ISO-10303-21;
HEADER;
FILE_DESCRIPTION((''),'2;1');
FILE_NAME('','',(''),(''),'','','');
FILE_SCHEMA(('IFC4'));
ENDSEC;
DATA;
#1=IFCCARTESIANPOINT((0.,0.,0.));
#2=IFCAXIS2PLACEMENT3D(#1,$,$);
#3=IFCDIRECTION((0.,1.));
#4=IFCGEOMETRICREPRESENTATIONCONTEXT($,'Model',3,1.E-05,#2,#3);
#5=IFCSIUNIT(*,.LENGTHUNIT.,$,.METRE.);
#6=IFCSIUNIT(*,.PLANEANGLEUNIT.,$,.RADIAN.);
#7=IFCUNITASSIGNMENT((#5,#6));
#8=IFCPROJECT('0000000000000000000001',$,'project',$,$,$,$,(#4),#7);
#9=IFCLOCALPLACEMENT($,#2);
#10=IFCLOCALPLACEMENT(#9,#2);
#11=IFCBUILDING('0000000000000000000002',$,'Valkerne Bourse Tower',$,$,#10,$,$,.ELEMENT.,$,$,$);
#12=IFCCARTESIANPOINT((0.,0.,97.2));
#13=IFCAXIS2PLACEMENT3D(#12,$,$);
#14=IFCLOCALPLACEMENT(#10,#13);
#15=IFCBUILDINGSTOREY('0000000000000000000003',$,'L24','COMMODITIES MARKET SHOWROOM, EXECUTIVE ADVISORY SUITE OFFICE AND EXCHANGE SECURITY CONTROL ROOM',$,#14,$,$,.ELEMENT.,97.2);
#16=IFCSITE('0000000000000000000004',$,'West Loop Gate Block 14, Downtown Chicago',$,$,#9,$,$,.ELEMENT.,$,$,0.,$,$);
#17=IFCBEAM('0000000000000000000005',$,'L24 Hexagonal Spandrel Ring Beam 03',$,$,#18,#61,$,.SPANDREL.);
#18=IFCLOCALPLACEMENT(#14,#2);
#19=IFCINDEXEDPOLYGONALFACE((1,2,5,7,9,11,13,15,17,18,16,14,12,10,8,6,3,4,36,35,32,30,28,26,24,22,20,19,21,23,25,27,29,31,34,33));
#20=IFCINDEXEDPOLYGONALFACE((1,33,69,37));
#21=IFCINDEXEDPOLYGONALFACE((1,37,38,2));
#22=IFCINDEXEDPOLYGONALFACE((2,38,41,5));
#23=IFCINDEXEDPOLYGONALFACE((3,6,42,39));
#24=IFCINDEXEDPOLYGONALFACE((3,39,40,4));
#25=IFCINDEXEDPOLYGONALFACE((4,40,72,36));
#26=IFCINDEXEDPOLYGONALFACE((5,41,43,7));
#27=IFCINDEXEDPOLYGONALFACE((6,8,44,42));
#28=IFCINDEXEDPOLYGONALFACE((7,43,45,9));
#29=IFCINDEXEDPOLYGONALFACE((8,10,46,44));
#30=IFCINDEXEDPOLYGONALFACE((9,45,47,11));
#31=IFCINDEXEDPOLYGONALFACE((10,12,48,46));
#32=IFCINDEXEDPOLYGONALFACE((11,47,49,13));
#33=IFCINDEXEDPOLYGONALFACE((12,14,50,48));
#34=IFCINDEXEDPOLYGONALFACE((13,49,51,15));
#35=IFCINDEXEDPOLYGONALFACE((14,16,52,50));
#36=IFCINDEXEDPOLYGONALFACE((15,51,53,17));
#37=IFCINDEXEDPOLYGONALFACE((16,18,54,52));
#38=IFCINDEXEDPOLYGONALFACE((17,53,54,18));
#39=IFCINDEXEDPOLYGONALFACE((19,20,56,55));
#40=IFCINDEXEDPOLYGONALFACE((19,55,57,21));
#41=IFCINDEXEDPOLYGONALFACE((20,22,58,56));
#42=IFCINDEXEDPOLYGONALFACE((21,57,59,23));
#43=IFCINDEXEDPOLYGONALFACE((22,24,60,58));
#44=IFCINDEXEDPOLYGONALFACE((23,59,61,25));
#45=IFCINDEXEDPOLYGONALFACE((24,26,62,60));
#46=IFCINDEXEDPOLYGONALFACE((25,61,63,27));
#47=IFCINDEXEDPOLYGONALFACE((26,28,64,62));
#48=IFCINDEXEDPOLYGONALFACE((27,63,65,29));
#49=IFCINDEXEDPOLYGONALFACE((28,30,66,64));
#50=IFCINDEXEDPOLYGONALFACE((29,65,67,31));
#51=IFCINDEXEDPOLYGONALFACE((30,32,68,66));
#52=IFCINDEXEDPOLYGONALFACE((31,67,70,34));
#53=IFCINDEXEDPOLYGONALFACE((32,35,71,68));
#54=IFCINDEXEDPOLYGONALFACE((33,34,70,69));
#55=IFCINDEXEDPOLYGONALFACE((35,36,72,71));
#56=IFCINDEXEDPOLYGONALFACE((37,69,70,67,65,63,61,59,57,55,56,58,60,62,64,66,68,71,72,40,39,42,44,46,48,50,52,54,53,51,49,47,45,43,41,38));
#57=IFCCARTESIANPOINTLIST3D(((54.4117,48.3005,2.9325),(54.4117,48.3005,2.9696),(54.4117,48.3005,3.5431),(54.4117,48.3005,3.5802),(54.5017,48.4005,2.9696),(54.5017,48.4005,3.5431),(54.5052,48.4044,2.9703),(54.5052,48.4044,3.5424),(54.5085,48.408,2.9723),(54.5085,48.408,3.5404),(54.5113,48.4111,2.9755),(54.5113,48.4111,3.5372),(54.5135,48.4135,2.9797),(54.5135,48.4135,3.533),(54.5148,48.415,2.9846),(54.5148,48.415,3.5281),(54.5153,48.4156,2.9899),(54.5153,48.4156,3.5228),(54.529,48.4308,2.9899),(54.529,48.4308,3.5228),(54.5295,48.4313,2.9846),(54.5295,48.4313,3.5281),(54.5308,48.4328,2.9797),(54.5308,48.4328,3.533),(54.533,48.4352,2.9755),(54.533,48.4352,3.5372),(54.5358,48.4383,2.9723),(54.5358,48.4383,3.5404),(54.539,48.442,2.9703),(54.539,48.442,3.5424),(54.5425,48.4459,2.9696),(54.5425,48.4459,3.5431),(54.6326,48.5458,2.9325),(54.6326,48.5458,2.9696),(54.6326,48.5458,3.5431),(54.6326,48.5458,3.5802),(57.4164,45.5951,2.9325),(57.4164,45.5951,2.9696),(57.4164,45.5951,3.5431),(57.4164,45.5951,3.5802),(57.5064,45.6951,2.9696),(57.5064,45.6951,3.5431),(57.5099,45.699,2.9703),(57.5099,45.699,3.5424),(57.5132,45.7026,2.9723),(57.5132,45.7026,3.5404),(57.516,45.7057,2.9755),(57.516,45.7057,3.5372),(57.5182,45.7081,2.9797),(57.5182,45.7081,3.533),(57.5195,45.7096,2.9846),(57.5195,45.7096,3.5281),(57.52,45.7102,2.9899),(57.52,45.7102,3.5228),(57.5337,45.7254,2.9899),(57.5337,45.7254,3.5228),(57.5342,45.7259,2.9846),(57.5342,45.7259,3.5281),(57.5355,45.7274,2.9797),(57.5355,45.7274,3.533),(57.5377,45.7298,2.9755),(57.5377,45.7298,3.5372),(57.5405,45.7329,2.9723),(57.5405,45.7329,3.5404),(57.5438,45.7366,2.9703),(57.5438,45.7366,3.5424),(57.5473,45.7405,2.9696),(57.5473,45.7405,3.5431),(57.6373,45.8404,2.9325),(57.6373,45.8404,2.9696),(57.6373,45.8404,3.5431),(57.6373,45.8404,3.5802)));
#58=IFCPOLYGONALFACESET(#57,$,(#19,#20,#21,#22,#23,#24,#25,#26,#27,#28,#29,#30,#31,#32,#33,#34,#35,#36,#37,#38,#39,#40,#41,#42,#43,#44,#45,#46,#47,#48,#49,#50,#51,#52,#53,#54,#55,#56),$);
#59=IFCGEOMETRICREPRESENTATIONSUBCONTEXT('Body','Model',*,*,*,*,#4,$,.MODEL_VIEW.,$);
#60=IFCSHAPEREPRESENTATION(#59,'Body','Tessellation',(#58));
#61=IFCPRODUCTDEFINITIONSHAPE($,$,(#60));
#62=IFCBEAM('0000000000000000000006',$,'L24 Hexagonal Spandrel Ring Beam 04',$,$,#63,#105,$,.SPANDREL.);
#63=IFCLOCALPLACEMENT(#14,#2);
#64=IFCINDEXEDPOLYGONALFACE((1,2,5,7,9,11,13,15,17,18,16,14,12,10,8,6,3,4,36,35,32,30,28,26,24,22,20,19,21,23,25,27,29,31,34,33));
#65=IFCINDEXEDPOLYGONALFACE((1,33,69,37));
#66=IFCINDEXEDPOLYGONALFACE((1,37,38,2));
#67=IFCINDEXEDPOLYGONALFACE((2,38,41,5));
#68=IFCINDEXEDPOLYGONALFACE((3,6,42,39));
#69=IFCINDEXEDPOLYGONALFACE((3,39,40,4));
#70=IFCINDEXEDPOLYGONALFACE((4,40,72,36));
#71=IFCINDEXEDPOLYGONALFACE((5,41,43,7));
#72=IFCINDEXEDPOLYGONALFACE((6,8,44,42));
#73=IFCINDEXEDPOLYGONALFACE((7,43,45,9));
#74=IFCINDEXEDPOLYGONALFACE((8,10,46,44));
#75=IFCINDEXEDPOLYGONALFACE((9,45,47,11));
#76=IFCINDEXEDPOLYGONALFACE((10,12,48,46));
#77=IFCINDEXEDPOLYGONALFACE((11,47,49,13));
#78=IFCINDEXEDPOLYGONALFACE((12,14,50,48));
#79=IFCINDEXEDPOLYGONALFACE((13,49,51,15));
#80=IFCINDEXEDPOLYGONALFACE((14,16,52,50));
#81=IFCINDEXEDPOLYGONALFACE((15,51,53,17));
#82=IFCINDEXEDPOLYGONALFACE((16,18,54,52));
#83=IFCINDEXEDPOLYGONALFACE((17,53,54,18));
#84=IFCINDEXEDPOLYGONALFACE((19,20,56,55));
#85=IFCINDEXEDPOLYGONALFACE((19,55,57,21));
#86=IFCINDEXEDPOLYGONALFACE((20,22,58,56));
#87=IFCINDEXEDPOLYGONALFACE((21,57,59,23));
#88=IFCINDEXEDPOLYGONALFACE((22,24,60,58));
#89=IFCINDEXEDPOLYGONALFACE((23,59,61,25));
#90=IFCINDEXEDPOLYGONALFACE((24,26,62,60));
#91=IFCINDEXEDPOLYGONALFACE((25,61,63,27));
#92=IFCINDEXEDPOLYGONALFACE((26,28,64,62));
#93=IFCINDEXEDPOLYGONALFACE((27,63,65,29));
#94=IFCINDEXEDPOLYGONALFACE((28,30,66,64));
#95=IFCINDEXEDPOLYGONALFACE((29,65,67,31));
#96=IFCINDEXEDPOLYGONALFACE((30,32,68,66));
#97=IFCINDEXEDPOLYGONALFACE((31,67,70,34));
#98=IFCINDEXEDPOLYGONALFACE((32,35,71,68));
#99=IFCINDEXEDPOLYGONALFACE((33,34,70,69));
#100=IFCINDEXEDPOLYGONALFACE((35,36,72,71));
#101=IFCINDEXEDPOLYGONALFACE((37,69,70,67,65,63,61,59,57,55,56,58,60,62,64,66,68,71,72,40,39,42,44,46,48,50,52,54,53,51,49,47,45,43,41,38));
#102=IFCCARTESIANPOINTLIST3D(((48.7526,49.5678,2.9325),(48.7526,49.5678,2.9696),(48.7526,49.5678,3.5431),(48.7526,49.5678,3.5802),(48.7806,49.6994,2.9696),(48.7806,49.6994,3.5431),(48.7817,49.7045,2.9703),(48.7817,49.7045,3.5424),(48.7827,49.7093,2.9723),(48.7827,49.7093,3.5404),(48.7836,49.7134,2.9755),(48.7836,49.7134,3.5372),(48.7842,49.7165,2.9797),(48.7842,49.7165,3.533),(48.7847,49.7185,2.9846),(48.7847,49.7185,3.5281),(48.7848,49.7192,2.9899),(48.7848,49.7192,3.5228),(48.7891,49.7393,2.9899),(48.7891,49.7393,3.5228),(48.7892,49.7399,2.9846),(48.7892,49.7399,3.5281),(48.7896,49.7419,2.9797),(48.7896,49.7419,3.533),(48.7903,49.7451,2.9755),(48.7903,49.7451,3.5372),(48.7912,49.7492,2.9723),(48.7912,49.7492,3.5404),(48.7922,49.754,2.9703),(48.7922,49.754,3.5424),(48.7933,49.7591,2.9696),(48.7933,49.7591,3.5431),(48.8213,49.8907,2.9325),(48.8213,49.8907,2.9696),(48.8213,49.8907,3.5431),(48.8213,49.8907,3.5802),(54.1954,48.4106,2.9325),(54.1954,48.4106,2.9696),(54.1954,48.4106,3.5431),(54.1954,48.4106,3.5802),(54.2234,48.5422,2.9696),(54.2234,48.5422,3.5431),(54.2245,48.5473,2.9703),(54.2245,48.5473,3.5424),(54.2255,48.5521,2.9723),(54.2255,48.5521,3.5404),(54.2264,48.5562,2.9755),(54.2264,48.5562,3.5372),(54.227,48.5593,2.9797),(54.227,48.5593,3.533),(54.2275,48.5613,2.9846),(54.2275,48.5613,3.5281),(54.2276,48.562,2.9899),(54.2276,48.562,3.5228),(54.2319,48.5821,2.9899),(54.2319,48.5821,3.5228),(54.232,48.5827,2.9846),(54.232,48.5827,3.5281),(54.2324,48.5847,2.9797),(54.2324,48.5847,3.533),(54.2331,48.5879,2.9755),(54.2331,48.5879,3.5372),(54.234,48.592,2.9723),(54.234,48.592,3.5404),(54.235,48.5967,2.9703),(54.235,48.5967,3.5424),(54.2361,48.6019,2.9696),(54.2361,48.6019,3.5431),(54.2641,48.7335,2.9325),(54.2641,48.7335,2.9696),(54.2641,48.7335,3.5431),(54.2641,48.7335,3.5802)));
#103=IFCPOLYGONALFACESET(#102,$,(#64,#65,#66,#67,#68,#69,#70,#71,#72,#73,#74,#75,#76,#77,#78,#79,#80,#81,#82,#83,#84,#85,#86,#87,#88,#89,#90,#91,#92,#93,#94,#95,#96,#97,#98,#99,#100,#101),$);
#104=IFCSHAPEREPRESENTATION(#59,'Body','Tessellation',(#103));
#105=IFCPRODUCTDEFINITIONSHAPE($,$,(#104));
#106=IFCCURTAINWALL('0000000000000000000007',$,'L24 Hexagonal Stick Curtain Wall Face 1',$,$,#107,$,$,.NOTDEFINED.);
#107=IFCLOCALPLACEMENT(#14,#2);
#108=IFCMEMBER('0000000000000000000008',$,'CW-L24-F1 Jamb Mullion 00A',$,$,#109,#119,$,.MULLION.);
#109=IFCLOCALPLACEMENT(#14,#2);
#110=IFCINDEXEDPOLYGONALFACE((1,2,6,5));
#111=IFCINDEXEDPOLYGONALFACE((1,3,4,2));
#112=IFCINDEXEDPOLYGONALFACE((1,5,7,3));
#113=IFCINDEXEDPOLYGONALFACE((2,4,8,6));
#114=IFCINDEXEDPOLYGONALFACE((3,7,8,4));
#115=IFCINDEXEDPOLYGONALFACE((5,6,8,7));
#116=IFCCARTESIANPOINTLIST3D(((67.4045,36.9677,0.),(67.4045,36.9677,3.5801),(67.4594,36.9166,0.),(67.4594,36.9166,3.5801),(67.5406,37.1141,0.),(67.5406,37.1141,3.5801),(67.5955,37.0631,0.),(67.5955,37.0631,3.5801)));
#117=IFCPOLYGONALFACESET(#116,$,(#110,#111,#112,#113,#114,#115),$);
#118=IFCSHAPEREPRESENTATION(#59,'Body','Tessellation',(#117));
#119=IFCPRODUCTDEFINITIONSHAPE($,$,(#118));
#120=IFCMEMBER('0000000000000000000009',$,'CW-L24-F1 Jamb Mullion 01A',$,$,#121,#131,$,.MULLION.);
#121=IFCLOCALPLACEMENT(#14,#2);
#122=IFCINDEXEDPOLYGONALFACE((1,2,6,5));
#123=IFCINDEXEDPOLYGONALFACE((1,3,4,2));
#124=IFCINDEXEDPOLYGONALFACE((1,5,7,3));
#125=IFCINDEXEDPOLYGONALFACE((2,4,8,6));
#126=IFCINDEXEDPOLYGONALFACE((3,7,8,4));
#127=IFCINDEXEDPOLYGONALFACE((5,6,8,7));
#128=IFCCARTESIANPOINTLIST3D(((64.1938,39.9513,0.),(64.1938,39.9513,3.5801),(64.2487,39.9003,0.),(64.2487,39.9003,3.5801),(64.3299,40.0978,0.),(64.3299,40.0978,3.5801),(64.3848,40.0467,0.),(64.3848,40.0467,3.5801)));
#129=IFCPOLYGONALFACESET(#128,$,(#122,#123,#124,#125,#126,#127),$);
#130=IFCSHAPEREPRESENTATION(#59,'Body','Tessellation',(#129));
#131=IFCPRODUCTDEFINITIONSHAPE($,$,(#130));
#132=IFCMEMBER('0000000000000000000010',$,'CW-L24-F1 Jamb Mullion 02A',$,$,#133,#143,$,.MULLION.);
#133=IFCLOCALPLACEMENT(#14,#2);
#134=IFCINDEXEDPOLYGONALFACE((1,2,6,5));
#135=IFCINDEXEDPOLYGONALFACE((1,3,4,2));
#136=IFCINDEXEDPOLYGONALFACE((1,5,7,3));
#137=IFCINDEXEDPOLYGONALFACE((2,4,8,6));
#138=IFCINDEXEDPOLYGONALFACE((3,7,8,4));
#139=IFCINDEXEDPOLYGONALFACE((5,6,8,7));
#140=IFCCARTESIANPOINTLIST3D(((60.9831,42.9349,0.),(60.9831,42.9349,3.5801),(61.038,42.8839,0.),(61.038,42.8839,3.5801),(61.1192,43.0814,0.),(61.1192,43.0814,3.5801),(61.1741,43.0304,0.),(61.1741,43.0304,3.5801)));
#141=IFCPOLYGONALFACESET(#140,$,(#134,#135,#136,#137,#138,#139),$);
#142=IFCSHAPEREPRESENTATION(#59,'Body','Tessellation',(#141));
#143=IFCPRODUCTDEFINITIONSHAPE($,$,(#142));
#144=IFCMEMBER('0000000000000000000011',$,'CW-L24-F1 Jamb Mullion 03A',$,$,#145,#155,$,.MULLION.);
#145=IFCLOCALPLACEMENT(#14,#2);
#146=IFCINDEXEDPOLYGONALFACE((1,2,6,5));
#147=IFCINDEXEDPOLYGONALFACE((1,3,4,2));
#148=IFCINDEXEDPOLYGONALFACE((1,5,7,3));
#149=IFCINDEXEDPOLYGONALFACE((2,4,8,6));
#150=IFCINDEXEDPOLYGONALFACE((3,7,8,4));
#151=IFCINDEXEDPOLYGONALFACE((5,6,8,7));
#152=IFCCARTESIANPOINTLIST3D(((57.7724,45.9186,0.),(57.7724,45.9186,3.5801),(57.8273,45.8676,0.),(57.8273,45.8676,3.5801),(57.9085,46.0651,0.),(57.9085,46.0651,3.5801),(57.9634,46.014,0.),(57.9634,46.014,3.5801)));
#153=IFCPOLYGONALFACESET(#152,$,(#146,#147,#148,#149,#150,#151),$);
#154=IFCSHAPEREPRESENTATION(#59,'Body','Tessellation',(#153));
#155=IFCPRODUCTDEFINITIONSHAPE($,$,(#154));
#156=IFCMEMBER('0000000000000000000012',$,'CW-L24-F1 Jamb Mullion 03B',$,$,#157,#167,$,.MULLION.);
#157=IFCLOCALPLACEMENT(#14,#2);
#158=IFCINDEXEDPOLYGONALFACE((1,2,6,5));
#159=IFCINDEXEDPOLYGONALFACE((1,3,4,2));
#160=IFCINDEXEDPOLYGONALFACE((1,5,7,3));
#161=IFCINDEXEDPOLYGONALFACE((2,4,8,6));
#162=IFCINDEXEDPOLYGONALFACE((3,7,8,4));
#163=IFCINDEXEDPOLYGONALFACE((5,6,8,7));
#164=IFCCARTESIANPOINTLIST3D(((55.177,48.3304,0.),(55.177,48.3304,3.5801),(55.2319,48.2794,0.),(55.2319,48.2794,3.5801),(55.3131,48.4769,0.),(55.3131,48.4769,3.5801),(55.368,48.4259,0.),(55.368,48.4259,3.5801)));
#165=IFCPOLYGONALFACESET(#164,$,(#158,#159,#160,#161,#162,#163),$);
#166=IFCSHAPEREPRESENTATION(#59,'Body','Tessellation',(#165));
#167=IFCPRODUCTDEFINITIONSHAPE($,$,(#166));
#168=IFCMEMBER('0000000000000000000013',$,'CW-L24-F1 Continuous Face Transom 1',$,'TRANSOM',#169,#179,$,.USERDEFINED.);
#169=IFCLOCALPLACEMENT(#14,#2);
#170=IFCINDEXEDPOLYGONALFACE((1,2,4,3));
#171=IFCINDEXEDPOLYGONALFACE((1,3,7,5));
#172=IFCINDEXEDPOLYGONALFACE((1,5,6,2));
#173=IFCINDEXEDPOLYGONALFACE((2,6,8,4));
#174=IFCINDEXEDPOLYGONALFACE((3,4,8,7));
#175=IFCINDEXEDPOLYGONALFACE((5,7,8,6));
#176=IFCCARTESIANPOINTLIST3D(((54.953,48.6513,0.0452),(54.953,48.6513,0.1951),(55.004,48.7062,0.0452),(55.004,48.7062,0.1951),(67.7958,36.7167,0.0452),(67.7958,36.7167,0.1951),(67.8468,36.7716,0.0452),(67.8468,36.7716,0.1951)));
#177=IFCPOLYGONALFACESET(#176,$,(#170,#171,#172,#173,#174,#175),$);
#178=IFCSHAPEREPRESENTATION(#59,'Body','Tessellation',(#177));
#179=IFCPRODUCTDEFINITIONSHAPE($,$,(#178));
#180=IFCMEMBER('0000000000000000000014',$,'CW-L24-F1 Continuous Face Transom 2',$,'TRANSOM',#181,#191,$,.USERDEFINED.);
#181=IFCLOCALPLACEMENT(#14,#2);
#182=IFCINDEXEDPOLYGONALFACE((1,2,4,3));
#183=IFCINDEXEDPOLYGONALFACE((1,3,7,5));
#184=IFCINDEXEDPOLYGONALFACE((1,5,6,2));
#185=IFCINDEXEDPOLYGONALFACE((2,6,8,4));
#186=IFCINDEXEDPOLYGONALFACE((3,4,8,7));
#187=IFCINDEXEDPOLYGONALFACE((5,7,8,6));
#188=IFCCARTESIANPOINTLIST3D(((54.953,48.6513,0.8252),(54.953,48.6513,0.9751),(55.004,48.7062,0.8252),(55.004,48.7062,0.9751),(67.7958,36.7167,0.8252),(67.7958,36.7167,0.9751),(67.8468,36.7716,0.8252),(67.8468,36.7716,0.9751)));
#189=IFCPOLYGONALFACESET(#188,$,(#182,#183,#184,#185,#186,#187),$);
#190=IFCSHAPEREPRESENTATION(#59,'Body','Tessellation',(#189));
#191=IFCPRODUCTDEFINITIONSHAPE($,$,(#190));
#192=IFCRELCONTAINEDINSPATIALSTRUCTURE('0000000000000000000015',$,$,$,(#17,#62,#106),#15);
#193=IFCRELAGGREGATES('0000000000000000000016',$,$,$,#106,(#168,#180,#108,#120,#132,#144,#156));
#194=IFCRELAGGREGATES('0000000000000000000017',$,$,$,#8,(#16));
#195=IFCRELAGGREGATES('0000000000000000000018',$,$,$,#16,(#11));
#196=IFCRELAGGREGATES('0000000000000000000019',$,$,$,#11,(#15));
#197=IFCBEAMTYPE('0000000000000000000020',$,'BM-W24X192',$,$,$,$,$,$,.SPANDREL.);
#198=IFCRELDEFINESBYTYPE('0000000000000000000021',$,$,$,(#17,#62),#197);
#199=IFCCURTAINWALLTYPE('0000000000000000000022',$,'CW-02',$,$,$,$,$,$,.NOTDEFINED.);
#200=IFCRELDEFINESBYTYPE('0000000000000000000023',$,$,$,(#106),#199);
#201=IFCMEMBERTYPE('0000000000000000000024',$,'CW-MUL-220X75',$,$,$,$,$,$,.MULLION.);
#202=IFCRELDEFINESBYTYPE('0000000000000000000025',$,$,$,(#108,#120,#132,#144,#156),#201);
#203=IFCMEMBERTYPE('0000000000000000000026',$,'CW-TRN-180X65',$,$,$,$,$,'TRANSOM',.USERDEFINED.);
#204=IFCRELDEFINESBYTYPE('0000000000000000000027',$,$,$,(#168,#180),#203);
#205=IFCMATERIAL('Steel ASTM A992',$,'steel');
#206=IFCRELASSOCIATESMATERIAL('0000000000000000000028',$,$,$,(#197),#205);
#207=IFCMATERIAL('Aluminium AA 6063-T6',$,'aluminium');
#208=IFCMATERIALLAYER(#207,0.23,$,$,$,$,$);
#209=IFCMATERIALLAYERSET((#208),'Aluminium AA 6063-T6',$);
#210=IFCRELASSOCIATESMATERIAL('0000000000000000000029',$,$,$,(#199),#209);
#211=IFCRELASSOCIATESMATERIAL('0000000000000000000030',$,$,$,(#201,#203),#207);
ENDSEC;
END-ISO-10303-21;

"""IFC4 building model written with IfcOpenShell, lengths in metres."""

from ifc_helpers import new_model, si_unit, direction, frame, origin, origin_2d, place, context, subcontext, project, spatial, rectangle, i_section, extrude, material, layer, layer_set, material_profile, profile_set, type_object, element, aggregate, save


model = new_model("IFC4")

# Units and contexts
model_context = context("Model", 3, precision=1e-05, world=origin(), true_north=direction((0.0, 1.0)))
body_context = subcontext(model_context, "Body", "Model", "MODEL_VIEW")
ifc_project = project(units=[si_unit("LENGTHUNIT", "METRE"), si_unit("PLANEANGLEUNIT", "RADIAN")], contexts=[model_context])

# Site, building, storey
site_placement = place(None, origin())
site = spatial("IfcSite", under=ifc_project, at=site_placement, Name="West Loop Gate Block 14, Downtown Chicago", CompositionType="ELEMENT", RefElevation=0.0)
building_placement = place(site_placement, origin())
building = spatial("IfcBuilding", under=site, at=building_placement, Name="Valkerne Bourse Tower", CompositionType="ELEMENT")
storey_placement = place(building_placement, frame((0.0, 0.0, 97.2)))
storey = spatial("IfcBuildingStorey", under=building, at=storey_placement, Name="L24", Description="COMMODITIES MARKET SHOWROOM, EXECUTIVE ADVISORY SUITE OFFICE AND EXCHANGE SECURITY CONTROL ROOM", CompositionType="ELEMENT", Elevation=97.2)

# Beams
ifc_material_1 = material(Name="Steel ASTM A992", Category="steel")
ifc_material_profile_1 = material_profile(ifc_material_1, i_section(OverallWidth=0.3301, OverallDepth=0.6477, WebThickness=0.0205, FlangeThickness=0.0371, FilletRadius=0.0203, at=origin_2d()), Name="W24X192")
ifc_profile_set_1 = profile_set([ifc_material_profile_1], Name="Steel ASTM A992")
beam_type = type_object("IfcBeamType", Name="BM-W24X192", PredefinedType="SPANDREL", material=ifc_profile_set_1)
for number, where, z_axis, x_axis, name in (
    (1, (57.5269, 45.7178, 3.2563), (-0.743153, 0.669122, 0.0), (-0.669122, -0.743153, 0.0), "L24 Hexagonal Spandrel Ring Beam 03"),
):
    element("IfcBeam", number, at=place(storey_placement, frame(where, z_axis=z_axis, x_axis=x_axis)), inside=storey, type_object=beam_type, Name=name, PredefinedType="SPANDREL", context=body_context, shape_type="SweptSolid", body=[
        extrude(i_section(OverallWidth=0.3301, OverallDepth=0.6477, WebThickness=0.0205, FlangeThickness=0.0371, FilletRadius=0.0203, at=origin_2d()), origin(), (0.0, 0.0, 1.0), 4.0432),
    ])
beam_placement = place(storey_placement, frame((54.2297, 48.572, 3.2563), z_axis=(-0.978136, 0.207965, 0.0), x_axis=(-0.207965, -0.978136, 0.0)))
element("IfcBeam", 2, at=beam_placement, inside=storey, type_object=beam_type, Name="L24 Hexagonal Spandrel Ring Beam 04", PredefinedType="SPANDREL", context=body_context, shape_type="SweptSolid", body=[
    extrude(i_section(OverallWidth=0.3301, OverallDepth=0.6477, WebThickness=0.0205, FlangeThickness=0.0371, FilletRadius=0.0203, at=origin_2d()), origin(), (0.0, 0.0, 1.0), 5.5645),
])

# Curtain wall, members
ifc_material_2 = material(Name="Aluminium AA 6063-T6", Category="aluminium")
ifc_layer_1 = layer(ifc_material_2, 0.23)
ifc_layer_set_1 = layer_set([ifc_layer_1], Name="Aluminium AA 6063-T6")
curtain_wall_type = type_object("IfcCurtainWallType", Name="CW-02", PredefinedType="NOTDEFINED", material=ifc_layer_set_1)
curtain_wall_placement = place(storey_placement, origin())
curtain_wall = element("IfcCurtainWall", 3, at=curtain_wall_placement, inside=storey, type_object=curtain_wall_type, Name="L24 Hexagonal Stick Curtain Wall Face 1", PredefinedType="NOTDEFINED")
ifc_material_profile_2 = material_profile(ifc_material_2, rectangle(XDim=0.075, YDim=0.2, at=origin_2d()), Name="CWM-75X200")
ifc_profile_set_2 = profile_set([ifc_material_profile_2], Name="Aluminium AA 6063-T6")
member_type_1 = type_object("IfcMemberType", Name="CW-MUL-220X75", PredefinedType="MULLION", material=ifc_profile_set_2)
member_1_placement = place(storey_placement, frame((67.5, 37.0154, 0.0), z_axis=(0.0, 0.0, 1.0), x_axis=(-0.732539, 0.680725, 0.0)))
member_1 = element("IfcMember", 4, at=member_1_placement, type_object=member_type_1, Name="CW-L24-F1 Jamb Mullion 00A", PredefinedType="MULLION", context=body_context, shape_type="SweptSolid", body=[
    extrude(rectangle(XDim=0.075, YDim=0.2, at=origin_2d()), origin(), (0.0, 0.0, 1.0), 3.5801),
])
member_2_placement = place(storey_placement, frame((64.2893, 39.999, 0.0), z_axis=(0.0, 0.0, 1.0), x_axis=(-0.732539, 0.680725, 0.0)))
member_2 = element("IfcMember", 5, at=member_2_placement, type_object=member_type_1, Name="CW-L24-F1 Jamb Mullion 01A", PredefinedType="MULLION", context=body_context, shape_type="SweptSolid", body=[
    extrude(rectangle(XDim=0.075, YDim=0.2, at=origin_2d()), origin(), (0.0, 0.0, 1.0), 3.5801),
])
member_3_placement = place(storey_placement, frame((61.0786, 42.9827, 0.0), z_axis=(0.0, 0.0, 1.0), x_axis=(-0.73255, 0.680714, 0.0)))
member_3 = element("IfcMember", 6, at=member_3_placement, type_object=member_type_1, Name="CW-L24-F1 Jamb Mullion 02A", PredefinedType="MULLION", context=body_context, shape_type="SweptSolid", body=[
    extrude(rectangle(XDim=0.075, YDim=0.2, at=origin_2d()), origin(), (0.0, 0.0, 1.0), 3.5801),
])
member_4_placement = place(storey_placement, frame((57.8679, 45.9663, 0.0), z_axis=(0.0, 0.0, 1.0), x_axis=(-0.732539, 0.680725, 0.0)))
member_4 = element("IfcMember", 7, at=member_4_placement, type_object=member_type_1, Name="CW-L24-F1 Jamb Mullion 03A", PredefinedType="MULLION", context=body_context, shape_type="SweptSolid", body=[
    extrude(rectangle(XDim=0.075, YDim=0.2, at=origin_2d()), origin(), (0.0, 0.0, 1.0), 3.5801),
])
member_5_placement = place(storey_placement, frame((55.2725, 48.3782, 0.0), z_axis=(0.0, 0.0, 1.0), x_axis=(-0.732539, 0.680725, 0.0)))
member_5 = element("IfcMember", 8, at=member_5_placement, type_object=member_type_1, Name="CW-L24-F1 Jamb Mullion 03B", PredefinedType="MULLION", context=body_context, shape_type="SweptSolid", body=[
    extrude(rectangle(XDim=0.075, YDim=0.2, at=origin_2d()), origin(), (0.0, 0.0, 1.0), 3.5801),
])
ifc_material_profile_3 = material_profile(ifc_material_2, rectangle(XDim=0.075, YDim=0.1499, at=origin_2d()), Name="CWT-75X150")
ifc_profile_set_3 = profile_set([ifc_material_profile_3], Name="Aluminium AA 6063-T6")
member_type_2 = type_object("IfcMemberType", Name="CW-TRN-180X65", ElementType="TRANSOM", PredefinedType="USERDEFINED", material=ifc_profile_set_3)
member_6_placement = place(storey_placement, frame((67.8213, 36.7441, 0.1201), z_axis=(-0.732534, 0.680731, 0.0), x_axis=(-0.680731, -0.732534, 0.0)))
member_6 = element("IfcMember", 9, at=member_6_placement, type_object=member_type_2, Name="CW-L24-F1 Continuous Face Transom 1", ObjectType="TRANSOM", PredefinedType="USERDEFINED", context=body_context, shape_type="SweptSolid", body=[
    extrude(rectangle(XDim=0.075, YDim=0.1499, at=origin_2d()), origin(), (0.0, 0.0, 1.0), 17.532),
])
member_7_placement = place(storey_placement, frame((67.8213, 36.7441, 0.9001), z_axis=(-0.732534, 0.680731, 0.0), x_axis=(-0.680731, -0.732534, 0.0)))
member_7 = element("IfcMember", 10, at=member_7_placement, type_object=member_type_2, Name="CW-L24-F1 Continuous Face Transom 2", ObjectType="TRANSOM", PredefinedType="USERDEFINED", context=body_context, shape_type="SweptSolid", body=[
    extrude(rectangle(XDim=0.075, YDim=0.1499, at=origin_2d()), origin(), (0.0, 0.0, 1.0), 17.532),
])

aggregate(curtain_wall, [member_6, member_7, member_1, member_2, member_3, member_4, member_5])

save(model, "model.ifc")
